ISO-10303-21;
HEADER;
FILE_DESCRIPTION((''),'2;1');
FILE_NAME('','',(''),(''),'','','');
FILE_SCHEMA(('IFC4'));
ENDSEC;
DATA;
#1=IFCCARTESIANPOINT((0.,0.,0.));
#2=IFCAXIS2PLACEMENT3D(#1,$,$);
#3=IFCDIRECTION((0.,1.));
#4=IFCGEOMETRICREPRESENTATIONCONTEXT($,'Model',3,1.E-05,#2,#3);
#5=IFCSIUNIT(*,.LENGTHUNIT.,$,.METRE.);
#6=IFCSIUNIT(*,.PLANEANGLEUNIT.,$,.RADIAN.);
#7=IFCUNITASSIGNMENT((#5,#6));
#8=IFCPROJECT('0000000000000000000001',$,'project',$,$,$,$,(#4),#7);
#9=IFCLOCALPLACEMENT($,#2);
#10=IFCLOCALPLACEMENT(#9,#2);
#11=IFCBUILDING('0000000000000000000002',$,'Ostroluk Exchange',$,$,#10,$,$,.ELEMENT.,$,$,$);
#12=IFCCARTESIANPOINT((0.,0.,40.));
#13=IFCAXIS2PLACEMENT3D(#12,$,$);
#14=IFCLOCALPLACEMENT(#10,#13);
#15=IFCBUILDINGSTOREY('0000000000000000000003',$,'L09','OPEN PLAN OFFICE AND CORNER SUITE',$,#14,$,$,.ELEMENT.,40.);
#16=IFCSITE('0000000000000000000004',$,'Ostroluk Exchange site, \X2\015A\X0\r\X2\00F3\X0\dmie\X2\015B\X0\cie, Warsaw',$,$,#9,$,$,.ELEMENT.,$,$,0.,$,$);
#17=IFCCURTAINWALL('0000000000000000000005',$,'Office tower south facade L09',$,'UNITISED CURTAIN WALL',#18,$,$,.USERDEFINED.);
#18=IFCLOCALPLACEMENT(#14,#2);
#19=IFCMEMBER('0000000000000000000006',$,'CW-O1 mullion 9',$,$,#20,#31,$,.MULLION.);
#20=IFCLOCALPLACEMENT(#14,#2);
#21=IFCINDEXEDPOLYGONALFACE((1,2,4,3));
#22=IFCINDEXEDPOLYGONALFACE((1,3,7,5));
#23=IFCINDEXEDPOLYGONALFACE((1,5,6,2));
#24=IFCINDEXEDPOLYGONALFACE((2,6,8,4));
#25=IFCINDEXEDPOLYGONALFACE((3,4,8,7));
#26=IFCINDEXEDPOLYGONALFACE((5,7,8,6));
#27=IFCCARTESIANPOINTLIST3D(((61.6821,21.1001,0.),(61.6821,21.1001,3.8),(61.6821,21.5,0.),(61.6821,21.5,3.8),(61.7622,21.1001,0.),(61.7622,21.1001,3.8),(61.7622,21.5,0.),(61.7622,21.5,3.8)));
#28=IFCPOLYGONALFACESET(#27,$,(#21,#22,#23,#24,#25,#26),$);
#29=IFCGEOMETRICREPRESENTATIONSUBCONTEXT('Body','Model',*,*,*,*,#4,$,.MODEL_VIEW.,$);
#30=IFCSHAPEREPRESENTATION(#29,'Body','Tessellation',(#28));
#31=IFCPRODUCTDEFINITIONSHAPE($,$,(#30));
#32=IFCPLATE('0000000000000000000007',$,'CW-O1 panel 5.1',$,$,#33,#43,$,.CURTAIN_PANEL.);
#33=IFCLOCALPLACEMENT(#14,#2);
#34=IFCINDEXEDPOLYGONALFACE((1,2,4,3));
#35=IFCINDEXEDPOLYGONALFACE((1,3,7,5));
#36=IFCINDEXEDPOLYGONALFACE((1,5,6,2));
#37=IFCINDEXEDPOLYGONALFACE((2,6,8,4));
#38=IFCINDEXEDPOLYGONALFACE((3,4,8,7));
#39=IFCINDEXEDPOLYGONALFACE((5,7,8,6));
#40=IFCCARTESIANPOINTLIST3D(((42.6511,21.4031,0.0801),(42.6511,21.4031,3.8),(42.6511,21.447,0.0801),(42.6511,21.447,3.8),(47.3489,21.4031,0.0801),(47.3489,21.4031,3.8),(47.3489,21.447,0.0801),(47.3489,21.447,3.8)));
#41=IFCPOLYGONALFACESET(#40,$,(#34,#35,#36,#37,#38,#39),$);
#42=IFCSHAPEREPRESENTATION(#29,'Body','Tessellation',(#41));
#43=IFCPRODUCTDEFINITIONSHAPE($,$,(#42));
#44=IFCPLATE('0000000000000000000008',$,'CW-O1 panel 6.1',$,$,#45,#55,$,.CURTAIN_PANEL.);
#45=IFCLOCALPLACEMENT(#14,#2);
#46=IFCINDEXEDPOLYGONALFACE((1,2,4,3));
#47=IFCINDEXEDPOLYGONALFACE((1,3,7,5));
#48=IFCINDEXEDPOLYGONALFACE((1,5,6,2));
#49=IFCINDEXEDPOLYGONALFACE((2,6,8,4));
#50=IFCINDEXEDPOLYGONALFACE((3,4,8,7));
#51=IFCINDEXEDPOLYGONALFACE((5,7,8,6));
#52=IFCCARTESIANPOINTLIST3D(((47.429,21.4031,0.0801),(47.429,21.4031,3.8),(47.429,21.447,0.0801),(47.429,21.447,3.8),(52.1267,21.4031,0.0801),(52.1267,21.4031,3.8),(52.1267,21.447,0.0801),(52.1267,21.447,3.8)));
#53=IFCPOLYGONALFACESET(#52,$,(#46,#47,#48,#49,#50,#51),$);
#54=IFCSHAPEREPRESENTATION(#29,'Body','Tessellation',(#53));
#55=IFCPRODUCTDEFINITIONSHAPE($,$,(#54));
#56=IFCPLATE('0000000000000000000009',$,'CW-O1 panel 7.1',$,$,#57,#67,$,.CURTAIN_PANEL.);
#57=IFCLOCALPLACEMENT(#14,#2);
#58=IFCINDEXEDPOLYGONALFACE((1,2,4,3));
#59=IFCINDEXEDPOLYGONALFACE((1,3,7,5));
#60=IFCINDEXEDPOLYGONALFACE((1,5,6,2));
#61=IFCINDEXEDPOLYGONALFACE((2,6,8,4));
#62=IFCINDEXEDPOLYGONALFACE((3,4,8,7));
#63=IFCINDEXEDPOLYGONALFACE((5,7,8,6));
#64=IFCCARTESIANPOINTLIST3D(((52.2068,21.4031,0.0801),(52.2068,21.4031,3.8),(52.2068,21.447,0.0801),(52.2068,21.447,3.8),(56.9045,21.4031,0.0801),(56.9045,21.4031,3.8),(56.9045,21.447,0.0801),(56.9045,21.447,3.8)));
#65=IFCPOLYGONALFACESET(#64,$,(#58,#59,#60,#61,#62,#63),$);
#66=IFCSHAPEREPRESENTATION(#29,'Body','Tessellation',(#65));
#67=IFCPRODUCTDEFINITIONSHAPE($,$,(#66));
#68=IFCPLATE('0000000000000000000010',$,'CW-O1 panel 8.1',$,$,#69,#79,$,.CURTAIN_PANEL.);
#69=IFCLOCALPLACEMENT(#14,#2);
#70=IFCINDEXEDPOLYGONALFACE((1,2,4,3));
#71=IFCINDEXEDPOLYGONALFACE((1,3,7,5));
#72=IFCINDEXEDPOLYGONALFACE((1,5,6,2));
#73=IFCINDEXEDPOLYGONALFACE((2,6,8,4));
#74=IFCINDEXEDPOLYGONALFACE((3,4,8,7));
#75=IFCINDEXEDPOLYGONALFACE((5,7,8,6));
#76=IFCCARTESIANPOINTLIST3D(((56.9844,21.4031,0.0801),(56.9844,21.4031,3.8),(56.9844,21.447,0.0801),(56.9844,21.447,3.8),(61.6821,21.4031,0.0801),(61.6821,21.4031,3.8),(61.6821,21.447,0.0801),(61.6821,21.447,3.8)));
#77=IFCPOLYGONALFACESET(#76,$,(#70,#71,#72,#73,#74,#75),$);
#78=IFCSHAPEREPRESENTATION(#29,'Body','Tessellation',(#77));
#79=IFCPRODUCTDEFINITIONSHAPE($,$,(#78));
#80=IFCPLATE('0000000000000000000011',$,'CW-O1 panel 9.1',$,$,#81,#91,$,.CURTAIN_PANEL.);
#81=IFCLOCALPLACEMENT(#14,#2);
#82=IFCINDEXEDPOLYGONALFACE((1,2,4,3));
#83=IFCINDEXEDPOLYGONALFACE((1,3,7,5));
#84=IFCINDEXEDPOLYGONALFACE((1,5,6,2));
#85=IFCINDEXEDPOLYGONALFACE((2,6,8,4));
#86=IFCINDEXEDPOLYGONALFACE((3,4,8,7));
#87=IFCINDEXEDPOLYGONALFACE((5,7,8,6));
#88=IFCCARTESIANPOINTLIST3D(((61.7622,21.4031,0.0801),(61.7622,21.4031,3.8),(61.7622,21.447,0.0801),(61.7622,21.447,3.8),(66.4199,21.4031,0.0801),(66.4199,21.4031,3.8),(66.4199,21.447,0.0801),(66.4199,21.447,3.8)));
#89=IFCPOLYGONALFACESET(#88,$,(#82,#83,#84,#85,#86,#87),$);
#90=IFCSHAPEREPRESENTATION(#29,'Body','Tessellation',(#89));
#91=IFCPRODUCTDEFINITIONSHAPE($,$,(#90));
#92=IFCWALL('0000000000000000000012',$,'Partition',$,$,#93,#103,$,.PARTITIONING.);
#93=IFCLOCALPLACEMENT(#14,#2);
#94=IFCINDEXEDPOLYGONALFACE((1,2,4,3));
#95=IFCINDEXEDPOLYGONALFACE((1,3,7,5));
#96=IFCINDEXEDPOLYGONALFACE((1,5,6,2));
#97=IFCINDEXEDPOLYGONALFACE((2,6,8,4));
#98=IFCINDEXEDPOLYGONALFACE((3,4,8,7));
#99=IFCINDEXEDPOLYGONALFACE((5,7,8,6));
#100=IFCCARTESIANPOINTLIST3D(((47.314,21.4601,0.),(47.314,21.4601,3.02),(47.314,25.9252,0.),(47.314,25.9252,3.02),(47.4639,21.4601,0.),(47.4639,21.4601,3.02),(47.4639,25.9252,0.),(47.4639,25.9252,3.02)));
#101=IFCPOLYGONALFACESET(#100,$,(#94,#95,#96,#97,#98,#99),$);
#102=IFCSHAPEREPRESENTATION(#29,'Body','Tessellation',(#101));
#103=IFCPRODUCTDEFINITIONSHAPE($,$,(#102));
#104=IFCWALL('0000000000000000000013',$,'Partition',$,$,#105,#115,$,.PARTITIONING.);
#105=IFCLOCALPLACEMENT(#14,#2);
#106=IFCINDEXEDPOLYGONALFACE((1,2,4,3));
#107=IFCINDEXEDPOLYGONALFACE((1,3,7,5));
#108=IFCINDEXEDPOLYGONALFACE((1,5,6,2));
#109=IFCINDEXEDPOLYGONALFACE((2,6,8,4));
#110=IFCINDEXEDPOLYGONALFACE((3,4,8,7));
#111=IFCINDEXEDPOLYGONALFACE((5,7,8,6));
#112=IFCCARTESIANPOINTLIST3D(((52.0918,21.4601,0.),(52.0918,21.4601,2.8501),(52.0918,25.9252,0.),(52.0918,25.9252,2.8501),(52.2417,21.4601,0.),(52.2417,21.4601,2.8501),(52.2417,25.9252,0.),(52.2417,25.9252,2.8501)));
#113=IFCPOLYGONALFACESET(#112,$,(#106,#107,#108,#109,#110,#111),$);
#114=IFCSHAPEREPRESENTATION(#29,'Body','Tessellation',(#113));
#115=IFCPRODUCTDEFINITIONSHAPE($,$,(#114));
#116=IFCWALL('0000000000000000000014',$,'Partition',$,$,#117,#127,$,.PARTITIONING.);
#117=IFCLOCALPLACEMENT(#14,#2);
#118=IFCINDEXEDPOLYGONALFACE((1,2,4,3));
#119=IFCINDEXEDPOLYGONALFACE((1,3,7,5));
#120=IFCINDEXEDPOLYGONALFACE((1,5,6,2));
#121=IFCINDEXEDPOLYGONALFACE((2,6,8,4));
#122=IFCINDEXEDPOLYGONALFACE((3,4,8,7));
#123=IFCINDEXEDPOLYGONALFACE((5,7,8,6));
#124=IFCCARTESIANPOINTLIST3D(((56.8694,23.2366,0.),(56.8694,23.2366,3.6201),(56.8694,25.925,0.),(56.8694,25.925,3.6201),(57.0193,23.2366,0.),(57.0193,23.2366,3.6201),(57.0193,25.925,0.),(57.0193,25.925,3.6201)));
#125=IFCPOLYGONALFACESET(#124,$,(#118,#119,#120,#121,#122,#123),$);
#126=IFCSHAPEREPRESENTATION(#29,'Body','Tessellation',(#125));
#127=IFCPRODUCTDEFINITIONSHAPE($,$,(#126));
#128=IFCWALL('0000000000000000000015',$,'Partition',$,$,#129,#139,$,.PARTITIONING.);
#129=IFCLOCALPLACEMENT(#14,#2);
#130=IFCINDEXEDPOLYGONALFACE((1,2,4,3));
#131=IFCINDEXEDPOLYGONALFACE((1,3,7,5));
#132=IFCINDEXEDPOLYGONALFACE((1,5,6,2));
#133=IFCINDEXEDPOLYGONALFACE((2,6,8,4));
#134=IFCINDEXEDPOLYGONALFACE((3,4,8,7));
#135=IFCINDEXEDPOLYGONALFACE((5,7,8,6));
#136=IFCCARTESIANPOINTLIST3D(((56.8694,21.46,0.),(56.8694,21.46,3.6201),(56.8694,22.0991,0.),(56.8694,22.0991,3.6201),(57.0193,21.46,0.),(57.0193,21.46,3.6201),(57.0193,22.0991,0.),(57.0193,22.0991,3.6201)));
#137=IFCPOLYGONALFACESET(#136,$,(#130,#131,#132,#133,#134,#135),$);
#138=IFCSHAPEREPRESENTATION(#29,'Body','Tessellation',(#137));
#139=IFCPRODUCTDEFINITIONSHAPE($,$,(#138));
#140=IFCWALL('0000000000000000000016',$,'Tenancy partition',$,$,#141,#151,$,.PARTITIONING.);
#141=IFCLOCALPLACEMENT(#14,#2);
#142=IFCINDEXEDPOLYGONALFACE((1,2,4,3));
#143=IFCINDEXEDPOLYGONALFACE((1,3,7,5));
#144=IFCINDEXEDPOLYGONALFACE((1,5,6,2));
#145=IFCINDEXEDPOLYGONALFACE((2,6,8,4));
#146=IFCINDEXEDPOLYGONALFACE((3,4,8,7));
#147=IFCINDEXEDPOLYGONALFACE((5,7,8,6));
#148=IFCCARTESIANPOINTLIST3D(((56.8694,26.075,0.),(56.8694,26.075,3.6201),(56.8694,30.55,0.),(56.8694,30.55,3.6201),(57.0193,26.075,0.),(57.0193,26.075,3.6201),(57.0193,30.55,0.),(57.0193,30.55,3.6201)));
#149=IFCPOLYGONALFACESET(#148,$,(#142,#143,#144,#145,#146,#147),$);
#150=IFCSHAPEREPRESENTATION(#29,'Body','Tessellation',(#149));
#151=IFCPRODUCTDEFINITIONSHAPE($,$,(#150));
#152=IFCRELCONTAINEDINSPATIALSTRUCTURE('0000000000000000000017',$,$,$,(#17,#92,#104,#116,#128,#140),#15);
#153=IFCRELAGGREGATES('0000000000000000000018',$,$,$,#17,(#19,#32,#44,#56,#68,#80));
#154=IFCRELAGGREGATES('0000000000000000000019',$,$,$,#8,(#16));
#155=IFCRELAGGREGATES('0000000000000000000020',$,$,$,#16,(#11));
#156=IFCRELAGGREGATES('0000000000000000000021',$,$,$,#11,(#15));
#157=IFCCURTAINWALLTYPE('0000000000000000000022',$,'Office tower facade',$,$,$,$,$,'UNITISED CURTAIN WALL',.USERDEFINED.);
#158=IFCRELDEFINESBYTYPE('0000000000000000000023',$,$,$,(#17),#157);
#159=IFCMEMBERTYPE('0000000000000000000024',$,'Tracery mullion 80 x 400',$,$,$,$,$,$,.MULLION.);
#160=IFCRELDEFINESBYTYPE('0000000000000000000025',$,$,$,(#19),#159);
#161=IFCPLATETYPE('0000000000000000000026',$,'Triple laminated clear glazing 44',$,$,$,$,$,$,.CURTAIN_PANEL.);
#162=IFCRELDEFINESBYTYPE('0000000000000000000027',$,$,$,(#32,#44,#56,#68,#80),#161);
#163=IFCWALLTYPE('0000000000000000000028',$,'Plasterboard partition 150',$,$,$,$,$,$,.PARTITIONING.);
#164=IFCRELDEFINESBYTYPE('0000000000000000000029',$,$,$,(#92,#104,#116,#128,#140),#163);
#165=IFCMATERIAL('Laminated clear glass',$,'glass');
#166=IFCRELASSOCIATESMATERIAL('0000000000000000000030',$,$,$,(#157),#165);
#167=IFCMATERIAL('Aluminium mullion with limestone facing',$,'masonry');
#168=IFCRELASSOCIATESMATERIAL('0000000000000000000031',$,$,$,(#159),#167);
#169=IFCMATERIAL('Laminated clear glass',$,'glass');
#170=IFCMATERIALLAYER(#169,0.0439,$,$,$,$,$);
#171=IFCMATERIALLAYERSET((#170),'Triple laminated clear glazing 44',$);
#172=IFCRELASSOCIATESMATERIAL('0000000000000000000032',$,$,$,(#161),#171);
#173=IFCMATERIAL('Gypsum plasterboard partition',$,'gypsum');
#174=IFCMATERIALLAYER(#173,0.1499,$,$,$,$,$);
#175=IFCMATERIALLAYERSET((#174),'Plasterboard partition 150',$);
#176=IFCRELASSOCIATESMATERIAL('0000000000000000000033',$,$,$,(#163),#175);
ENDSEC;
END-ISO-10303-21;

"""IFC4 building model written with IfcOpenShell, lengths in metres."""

from ifc_helpers import new_model, si_unit, direction, frame, frame_2d, origin, origin_2d, place, context, subcontext, project, spatial, rectangle, extrude, material, layer, layer_set, material_profile, profile_set, type_object, element, aggregate, save


model = new_model("IFC4")

# Units and contexts
model_context = context("Model", 3, precision=1e-05, world=origin(), true_north=direction((0.0, 1.0)))
body_context = subcontext(model_context, "Body", "Model", "MODEL_VIEW")
ifc_project = project(units=[si_unit("LENGTHUNIT", "METRE"), si_unit("PLANEANGLEUNIT", "RADIAN")], contexts=[model_context])

# Site, building, storey
site_placement = place(None, origin())
site = spatial("IfcSite", under=ifc_project, at=site_placement, Name="Ostroluk Exchange site, Śródmieście, Warsaw", CompositionType="ELEMENT", RefElevation=0.0)
building_placement = place(site_placement, origin())
building = spatial("IfcBuilding", under=site, at=building_placement, Name="Ostroluk Exchange", CompositionType="ELEMENT")
storey_placement = place(building_placement, frame((0.0, 0.0, 40.0)))
storey = spatial("IfcBuildingStorey", under=building, at=storey_placement, Name="L09", Description="OPEN PLAN OFFICE AND CORNER SUITE", CompositionType="ELEMENT", Elevation=40.0)

# Curtain wall, member, plates
ifc_material_1 = material(Name="Laminated clear glass", Category="glass")
curtain_wall_type = type_object("IfcCurtainWallType", Name="Office tower facade", ElementType="UNITISED CURTAIN WALL", PredefinedType="USERDEFINED", material=ifc_material_1)
curtain_wall_placement = place(storey_placement, origin())
curtain_wall = element("IfcCurtainWall", 1, at=curtain_wall_placement, inside=storey, type_object=curtain_wall_type, Name="Office tower south facade L09", ObjectType="UNITISED CURTAIN WALL", PredefinedType="USERDEFINED")
ifc_material_2 = material(Name="Aluminium mullion with limestone facing", Category="masonry")
ifc_material_profile_1 = material_profile(ifc_material_2, rectangle(XDim=0.3999, YDim=0.0801, at=origin_2d()), Name="Tracery mullion 80 x 400")
ifc_profile_set_1 = profile_set([ifc_material_profile_1], Name="Aluminium mullion with limestone facing")
member_type_1 = type_object("IfcMemberType", Name="Tracery mullion 80 x 400", PredefinedType="MULLION", material=ifc_profile_set_1)
member_1_placement = place(storey_placement, frame((61.7222, 21.3, 0.0), z_axis=(0.0, 0.0, 1.0), x_axis=(0.0, 1.0, 0.0)))
member_1 = element("IfcMember", 2, at=member_1_placement, type_object=member_type_1, Name="CW-O1 mullion 9", PredefinedType="MULLION", context=body_context, shape_type="SweptSolid", body=[
    extrude(rectangle(XDim=0.3999, YDim=0.0801, at=origin_2d()), origin(), (0.0, 0.0, 1.0), 3.8),
])
ifc_material_3 = material(Name="Laminated clear glass", Category="glass")
ifc_layer_1 = layer(ifc_material_3, 0.0439)
ifc_layer_set_1 = layer_set([ifc_layer_1], Name="Triple laminated clear glazing 44")
plate_type = type_object("IfcPlateType", Name="Triple laminated clear glazing 44", PredefinedType="CURTAIN_PANEL", material=ifc_layer_set_1)
plate_1_placement = place(storey_placement, frame((45.0, 21.425, 0.0801), z_axis=(0.0, 0.0, 1.0), x_axis=(1.0, 0.0, 0.0)))
plate_1 = element("IfcPlate", 3, at=plate_1_placement, type_object=plate_type, Name="CW-O1 panel 5.1", PredefinedType="CURTAIN_PANEL", context=body_context, shape_type="SweptSolid", body=[
    extrude(rectangle(XDim=4.6978, YDim=0.0439, at=origin_2d()), origin(), (0.0, 0.0, 1.0), 3.72),
])
plate_2_placement = place(storey_placement, frame((49.7778, 21.425, 0.0801), z_axis=(0.0, 0.0, 1.0), x_axis=(1.0, 0.0, 0.0)))
plate_2 = element("IfcPlate", 4, at=plate_2_placement, type_object=plate_type, Name="CW-O1 panel 6.1", PredefinedType="CURTAIN_PANEL", context=body_context, shape_type="SweptSolid", body=[
    extrude(rectangle(XDim=4.6978, YDim=0.0439, at=origin_2d()), origin(), (0.0, 0.0, 1.0), 3.72),
])
plate_3_placement = place(storey_placement, frame((54.5557, 21.425, 0.0801), z_axis=(0.0, 0.0, 1.0), x_axis=(1.0, 0.0, 0.0)))
plate_3 = element("IfcPlate", 5, at=plate_3_placement, type_object=plate_type, Name="CW-O1 panel 7.1", PredefinedType="CURTAIN_PANEL", context=body_context, shape_type="SweptSolid", body=[
    extrude(rectangle(XDim=4.6978, YDim=0.0439, at=origin_2d()), origin(), (0.0, 0.0, 1.0), 3.72),
])
plate_4_placement = place(storey_placement, frame((59.3333, 21.425, 0.0801), z_axis=(0.0, 0.0, 1.0), x_axis=(1.0, 0.0, 0.0)))
plate_4 = element("IfcPlate", 6, at=plate_4_placement, type_object=plate_type, Name="CW-O1 panel 8.1", PredefinedType="CURTAIN_PANEL", context=body_context, shape_type="SweptSolid", body=[
    extrude(rectangle(XDim=4.6978, YDim=0.0439, at=origin_2d()), origin(), (0.0, 0.0, 1.0), 3.72),
])
plate_5_placement = place(storey_placement, frame((64.0911, 21.425, 0.0801), z_axis=(0.0, 0.0, 1.0), x_axis=(1.0, 0.0, 0.0)))
plate_5 = element("IfcPlate", 7, at=plate_5_placement, type_object=plate_type, Name="CW-O1 panel 9.1", PredefinedType="CURTAIN_PANEL", context=body_context, shape_type="SweptSolid", body=[
    extrude(rectangle(XDim=4.6577, YDim=0.0439, at=origin_2d()), origin(), (0.0, 0.0, 1.0), 3.72),
])
aggregate(curtain_wall, [member_1, plate_1, plate_2, plate_3, plate_4, plate_5])

# Walls
ifc_material_4 = material(Name="Gypsum plasterboard partition", Category="gypsum")
ifc_layer_2 = layer(ifc_material_4, 0.1499)
ifc_layer_set_2 = layer_set([ifc_layer_2], Name="Plasterboard partition 150")
wall_type = type_object("IfcWallType", Name="Plasterboard partition 150", PredefinedType="PARTITIONING", material=ifc_layer_set_2)
wall_1_placement = place(storey_placement, frame((47.3889, 25.925, 0.0), z_axis=(0.0, 0.0, 1.0), x_axis=(0.0, -1.0, 0.0)))
element("IfcWall", 8, at=wall_1_placement, inside=storey, type_object=wall_type, Name="Partition", PredefinedType="PARTITIONING", context=body_context, shape_type="SweptSolid", body=[
    extrude(rectangle(XDim=4.4651, YDim=0.1499, at=frame_2d((2.2324, 0.0))), origin(), (0.0, 0.0, 1.0), 3.02),
])
wall_2_placement = place(storey_placement, frame((52.1667, 25.925, 0.0), z_axis=(0.0, 0.0, 1.0), x_axis=(0.0, -1.0, 0.0)))
element("IfcWall", 9, at=wall_2_placement, inside=storey, type_object=wall_type, Name="Partition", PredefinedType="PARTITIONING", context=body_context, shape_type="SweptSolid", body=[
    extrude(rectangle(XDim=4.4651, YDim=0.1499, at=frame_2d((2.2324, 0.0))), origin(), (0.0, 0.0, 1.0), 2.8501),
])
wall_3_placement = place(storey_placement, frame((56.9443, 25.925, 0.0), z_axis=(0.0, 0.0, 1.0), x_axis=(0.0, -1.0, 0.0)))
element("IfcWall", 10, at=wall_3_placement, inside=storey, type_object=wall_type, Name="Partition", PredefinedType="PARTITIONING", context=body_context, shape_type="SweptSolid", body=[
    extrude(rectangle(XDim=2.6885, YDim=0.1499, at=frame_2d((1.3442, 0.0))), origin(), (0.0, 0.0, 1.0), 3.6201),
])
wall_4_placement = place(storey_placement, frame((56.9443, 22.0991, 0.0), z_axis=(0.0, 0.0, 1.0), x_axis=(0.0, -1.0, 0.0)))
element("IfcWall", 11, at=wall_4_placement, inside=storey, type_object=wall_type, Name="Partition", PredefinedType="PARTITIONING", context=body_context, shape_type="SweptSolid", body=[
    extrude(rectangle(XDim=0.6392, YDim=0.1499, at=frame_2d((0.3196, 0.0))), origin(), (0.0, 0.0, 1.0), 3.6201),
])
wall_5_placement = place(storey_placement, frame((56.9443, 30.55, 0.0), z_axis=(0.0, 0.0, 1.0), x_axis=(0.0, -1.0, 0.0)))
element("IfcWall", 12, at=wall_5_placement, inside=storey, type_object=wall_type, Name="Tenancy partition", PredefinedType="PARTITIONING", context=body_context, shape_type="SweptSolid", body=[
    extrude(rectangle(XDim=4.4751, YDim=0.1499, at=frame_2d((2.2375, 0.0))), origin(), (0.0, 0.0, 1.0), 3.6201),
])

save(model, "model.ifc")
